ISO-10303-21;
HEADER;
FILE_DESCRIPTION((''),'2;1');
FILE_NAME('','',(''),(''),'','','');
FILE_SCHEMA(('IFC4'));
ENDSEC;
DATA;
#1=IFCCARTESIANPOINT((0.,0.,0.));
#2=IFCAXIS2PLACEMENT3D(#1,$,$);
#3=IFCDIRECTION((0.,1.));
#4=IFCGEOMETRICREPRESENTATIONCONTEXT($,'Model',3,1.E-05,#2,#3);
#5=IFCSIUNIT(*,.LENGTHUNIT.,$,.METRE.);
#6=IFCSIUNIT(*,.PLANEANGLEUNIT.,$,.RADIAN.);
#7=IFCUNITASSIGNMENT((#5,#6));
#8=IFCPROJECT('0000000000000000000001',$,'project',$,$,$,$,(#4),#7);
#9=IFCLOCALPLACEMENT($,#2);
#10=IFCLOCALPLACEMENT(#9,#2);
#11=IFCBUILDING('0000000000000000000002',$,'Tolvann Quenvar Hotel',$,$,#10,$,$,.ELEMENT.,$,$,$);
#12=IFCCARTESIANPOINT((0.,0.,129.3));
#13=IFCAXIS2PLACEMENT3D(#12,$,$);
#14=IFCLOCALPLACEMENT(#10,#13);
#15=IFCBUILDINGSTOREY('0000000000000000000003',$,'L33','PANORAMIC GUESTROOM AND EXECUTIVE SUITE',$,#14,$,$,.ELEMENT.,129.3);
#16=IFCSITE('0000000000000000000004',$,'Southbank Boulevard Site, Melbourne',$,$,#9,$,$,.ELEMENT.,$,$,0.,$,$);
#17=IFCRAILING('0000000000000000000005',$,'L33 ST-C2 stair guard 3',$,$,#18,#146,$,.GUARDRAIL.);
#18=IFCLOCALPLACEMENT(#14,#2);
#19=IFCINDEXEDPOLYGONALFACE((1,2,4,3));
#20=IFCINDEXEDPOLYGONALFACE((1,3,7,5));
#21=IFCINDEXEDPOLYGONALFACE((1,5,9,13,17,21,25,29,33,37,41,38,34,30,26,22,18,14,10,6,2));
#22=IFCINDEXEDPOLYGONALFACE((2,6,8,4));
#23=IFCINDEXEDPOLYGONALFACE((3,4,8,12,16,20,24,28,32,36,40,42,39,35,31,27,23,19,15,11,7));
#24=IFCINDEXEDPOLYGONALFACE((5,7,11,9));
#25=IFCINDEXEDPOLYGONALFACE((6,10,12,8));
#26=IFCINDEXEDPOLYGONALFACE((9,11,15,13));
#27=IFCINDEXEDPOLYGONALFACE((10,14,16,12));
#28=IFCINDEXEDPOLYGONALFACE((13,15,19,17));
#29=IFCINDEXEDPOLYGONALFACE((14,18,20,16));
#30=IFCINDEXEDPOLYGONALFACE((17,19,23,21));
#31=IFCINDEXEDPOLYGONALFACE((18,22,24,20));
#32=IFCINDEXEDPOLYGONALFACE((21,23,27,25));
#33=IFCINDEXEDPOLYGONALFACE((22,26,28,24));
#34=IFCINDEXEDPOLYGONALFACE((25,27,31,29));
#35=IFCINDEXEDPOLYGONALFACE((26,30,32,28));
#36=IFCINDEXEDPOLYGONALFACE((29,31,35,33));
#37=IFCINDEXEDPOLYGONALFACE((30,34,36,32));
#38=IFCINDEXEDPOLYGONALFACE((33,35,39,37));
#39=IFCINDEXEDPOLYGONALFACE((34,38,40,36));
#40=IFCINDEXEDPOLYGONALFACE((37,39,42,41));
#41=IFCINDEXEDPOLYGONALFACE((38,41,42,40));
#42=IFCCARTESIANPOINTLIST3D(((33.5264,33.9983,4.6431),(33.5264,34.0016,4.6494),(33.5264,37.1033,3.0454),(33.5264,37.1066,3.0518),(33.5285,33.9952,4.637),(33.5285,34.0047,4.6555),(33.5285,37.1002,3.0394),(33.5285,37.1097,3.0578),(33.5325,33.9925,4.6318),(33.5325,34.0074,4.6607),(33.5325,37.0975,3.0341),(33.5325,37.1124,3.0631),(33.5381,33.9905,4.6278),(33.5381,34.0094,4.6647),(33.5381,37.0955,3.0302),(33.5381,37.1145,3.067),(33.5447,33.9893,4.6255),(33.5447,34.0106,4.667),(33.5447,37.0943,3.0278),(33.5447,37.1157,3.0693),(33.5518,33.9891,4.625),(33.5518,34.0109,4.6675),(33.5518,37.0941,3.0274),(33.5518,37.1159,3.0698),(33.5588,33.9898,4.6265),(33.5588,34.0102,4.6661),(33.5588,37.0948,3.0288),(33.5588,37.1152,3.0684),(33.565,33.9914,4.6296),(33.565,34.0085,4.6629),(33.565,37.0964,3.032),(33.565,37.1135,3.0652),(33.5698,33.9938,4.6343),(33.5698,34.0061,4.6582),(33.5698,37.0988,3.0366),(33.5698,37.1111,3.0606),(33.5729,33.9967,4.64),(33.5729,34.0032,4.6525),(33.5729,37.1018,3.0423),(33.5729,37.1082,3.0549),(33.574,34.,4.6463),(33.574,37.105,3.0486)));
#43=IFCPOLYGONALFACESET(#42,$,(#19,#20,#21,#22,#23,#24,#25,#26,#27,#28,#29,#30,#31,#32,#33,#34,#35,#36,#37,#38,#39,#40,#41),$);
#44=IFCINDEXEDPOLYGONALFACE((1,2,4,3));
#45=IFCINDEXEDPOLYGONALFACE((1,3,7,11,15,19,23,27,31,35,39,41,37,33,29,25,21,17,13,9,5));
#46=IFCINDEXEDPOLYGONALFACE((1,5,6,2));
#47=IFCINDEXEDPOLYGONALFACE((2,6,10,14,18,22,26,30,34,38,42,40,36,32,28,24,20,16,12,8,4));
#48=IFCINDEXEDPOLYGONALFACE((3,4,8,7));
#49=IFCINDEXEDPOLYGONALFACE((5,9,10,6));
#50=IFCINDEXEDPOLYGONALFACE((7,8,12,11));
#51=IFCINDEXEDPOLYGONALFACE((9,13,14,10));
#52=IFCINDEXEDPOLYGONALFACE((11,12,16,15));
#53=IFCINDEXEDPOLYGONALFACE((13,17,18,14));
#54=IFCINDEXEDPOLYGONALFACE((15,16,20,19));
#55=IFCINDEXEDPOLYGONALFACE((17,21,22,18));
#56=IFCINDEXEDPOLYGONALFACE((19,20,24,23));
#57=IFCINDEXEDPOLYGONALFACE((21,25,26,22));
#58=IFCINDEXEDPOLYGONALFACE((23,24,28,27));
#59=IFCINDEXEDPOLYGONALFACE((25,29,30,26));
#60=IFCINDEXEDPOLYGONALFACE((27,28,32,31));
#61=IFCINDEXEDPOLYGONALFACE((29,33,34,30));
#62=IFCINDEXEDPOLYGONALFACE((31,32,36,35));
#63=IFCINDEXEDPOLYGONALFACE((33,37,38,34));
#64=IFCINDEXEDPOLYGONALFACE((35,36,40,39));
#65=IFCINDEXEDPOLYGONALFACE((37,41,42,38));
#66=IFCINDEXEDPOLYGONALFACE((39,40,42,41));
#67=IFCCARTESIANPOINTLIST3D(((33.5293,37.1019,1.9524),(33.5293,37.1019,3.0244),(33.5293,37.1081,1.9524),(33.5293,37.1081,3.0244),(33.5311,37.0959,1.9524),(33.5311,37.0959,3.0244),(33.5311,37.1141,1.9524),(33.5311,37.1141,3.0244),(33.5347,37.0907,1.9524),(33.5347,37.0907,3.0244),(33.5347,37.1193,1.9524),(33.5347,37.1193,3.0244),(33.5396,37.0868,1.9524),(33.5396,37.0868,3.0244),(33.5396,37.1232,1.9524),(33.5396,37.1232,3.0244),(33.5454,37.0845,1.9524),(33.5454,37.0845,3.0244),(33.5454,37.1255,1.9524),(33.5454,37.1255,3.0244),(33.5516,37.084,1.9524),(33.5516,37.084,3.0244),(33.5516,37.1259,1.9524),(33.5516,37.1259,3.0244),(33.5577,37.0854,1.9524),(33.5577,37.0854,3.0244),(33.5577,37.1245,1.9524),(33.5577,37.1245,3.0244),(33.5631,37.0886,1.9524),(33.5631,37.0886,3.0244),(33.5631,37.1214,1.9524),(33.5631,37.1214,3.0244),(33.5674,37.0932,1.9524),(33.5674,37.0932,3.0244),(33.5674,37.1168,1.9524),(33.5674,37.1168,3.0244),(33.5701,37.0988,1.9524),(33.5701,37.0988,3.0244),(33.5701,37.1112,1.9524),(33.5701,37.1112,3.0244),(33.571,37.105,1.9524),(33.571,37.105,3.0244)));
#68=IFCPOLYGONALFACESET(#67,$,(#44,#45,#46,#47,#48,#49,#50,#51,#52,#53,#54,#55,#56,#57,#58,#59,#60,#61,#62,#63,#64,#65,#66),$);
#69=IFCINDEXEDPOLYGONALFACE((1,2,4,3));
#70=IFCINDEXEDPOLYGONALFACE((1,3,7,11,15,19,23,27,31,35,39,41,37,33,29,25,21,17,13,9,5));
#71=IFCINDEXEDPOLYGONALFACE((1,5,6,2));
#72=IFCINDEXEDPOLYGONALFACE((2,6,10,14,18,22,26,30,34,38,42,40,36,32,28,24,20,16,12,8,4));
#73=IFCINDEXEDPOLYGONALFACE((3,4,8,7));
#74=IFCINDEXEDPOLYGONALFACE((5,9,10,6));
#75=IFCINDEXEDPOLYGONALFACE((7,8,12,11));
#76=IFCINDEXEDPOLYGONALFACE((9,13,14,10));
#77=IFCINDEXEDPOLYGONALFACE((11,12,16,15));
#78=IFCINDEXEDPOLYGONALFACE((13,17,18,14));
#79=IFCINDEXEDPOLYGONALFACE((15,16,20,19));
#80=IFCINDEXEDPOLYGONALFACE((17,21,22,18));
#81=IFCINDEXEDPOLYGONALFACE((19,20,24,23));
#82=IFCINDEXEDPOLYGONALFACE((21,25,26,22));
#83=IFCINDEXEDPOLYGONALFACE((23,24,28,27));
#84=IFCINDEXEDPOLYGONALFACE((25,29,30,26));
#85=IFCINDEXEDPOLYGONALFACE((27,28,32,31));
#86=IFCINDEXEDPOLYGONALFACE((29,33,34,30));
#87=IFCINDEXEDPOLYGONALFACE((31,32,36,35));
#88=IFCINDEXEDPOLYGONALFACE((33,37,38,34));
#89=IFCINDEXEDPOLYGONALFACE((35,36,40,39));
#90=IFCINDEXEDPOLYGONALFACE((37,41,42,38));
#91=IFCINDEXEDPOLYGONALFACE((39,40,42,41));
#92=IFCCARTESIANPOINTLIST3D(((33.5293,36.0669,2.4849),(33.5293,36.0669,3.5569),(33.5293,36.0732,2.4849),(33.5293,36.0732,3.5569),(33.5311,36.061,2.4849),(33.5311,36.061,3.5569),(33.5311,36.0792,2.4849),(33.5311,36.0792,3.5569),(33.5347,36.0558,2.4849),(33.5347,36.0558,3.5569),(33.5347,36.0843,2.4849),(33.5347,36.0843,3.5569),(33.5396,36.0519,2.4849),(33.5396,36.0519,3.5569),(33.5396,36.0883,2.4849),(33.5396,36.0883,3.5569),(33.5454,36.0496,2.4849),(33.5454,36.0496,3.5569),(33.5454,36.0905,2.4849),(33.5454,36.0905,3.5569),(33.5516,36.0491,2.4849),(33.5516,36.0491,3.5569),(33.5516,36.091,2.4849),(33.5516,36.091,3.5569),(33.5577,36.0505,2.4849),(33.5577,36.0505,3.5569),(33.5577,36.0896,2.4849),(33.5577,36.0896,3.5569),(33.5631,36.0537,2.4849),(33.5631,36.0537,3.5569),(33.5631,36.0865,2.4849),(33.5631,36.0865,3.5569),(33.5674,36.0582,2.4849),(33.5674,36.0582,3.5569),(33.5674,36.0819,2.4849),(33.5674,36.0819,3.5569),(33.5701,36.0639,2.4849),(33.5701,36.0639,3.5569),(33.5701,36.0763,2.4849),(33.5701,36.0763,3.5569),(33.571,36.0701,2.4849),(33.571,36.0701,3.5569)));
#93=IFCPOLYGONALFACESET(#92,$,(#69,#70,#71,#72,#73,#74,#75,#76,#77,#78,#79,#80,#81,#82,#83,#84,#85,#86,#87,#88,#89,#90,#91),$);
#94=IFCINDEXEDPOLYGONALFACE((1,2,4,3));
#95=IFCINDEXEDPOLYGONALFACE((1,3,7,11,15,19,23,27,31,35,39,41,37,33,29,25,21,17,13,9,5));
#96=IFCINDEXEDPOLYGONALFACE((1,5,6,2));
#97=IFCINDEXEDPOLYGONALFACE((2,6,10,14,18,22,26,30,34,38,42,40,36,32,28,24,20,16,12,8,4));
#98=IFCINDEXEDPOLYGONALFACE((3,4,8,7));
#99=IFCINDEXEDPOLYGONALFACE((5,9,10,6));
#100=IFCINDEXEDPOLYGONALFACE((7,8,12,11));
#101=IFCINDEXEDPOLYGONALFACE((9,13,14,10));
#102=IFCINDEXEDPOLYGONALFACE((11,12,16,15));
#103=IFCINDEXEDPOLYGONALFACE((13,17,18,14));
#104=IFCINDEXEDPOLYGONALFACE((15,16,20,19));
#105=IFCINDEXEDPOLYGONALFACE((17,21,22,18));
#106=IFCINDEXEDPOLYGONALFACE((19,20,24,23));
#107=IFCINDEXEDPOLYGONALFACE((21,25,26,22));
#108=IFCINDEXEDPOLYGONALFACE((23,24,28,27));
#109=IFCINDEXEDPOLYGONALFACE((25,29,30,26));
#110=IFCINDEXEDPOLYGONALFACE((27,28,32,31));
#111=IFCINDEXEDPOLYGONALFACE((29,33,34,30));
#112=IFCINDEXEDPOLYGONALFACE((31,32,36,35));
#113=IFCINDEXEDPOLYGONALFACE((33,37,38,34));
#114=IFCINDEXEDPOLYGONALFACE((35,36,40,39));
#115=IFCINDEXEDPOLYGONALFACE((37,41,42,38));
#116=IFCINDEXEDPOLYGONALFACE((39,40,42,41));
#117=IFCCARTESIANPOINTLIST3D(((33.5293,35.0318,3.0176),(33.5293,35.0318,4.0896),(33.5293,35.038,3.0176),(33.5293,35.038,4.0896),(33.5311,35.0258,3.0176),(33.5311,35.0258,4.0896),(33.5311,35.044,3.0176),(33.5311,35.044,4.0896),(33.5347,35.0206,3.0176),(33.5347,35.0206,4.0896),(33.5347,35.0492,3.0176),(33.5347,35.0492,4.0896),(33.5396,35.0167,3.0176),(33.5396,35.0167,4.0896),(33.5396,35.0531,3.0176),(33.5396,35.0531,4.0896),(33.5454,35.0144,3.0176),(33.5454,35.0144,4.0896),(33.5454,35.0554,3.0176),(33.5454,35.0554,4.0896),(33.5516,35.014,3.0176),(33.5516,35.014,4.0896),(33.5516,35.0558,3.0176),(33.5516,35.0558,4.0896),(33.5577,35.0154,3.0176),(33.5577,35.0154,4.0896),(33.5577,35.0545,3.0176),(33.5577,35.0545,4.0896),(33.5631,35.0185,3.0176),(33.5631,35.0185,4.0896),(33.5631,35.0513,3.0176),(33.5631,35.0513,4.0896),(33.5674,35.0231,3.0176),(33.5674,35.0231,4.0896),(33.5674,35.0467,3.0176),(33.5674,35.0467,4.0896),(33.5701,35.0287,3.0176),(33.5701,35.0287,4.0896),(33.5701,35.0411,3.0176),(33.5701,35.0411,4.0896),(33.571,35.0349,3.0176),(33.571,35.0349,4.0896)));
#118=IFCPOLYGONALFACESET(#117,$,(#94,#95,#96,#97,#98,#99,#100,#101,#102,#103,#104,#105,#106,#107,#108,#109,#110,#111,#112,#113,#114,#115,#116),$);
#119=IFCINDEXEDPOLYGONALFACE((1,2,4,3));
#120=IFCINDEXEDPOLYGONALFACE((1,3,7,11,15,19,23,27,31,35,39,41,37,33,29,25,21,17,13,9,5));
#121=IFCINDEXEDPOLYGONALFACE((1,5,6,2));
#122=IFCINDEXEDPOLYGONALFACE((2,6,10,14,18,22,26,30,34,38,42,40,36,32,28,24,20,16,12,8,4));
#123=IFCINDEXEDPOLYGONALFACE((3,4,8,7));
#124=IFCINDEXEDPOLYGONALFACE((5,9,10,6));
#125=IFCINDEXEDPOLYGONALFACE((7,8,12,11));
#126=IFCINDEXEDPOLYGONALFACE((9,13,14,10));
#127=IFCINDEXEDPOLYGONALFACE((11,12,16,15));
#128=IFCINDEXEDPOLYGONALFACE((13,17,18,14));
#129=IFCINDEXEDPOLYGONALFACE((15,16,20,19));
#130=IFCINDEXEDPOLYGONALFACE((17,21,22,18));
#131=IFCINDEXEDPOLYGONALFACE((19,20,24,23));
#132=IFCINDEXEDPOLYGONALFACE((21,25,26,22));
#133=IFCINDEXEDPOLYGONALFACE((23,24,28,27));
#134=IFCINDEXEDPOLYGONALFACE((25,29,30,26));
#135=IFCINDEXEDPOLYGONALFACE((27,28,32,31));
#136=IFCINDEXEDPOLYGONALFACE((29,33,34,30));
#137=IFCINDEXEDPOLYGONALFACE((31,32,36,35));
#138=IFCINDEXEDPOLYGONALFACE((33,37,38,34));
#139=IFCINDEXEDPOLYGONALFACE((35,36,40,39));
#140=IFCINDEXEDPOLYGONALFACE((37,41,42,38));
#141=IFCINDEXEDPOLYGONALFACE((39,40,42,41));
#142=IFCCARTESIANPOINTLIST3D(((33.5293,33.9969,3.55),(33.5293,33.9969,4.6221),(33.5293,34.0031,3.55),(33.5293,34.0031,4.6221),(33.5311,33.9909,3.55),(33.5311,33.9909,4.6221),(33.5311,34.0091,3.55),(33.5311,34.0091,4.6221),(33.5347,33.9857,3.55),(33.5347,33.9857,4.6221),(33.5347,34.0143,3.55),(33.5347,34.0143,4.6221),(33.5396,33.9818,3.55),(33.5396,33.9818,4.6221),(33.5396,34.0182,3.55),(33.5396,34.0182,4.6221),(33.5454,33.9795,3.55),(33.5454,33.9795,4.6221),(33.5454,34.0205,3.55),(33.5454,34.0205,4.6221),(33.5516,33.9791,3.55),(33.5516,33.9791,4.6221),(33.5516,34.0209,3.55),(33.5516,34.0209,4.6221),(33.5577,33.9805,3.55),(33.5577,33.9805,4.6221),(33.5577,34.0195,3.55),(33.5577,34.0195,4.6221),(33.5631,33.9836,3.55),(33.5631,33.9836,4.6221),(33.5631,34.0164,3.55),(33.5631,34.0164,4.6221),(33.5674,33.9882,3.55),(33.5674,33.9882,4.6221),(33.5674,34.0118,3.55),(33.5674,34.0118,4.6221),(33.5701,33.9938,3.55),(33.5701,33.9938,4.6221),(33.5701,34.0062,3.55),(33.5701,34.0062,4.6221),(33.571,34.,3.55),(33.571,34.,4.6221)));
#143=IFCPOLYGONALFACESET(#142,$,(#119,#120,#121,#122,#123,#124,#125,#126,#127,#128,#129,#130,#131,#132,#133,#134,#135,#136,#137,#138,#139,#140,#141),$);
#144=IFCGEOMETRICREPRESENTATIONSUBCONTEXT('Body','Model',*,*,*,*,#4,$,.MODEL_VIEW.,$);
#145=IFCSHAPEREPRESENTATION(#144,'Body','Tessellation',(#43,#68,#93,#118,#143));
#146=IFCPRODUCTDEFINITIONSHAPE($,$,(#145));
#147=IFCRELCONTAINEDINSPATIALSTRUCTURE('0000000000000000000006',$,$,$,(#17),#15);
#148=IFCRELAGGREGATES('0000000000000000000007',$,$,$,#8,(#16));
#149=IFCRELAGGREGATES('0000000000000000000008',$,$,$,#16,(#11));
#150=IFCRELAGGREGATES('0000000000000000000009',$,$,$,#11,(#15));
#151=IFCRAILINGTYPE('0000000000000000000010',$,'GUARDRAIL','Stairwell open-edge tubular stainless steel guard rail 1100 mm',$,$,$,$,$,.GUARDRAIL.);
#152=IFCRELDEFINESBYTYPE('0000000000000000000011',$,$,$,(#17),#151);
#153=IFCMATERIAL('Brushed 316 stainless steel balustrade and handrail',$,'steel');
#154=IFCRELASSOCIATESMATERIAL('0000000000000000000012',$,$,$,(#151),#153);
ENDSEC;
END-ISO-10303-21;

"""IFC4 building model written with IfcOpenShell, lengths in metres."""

from ifc_helpers import new_model, si_unit, direction, frame, origin, origin_2d, place, context, subcontext, project, spatial, circle, extrude, material, type_object, element, save


model = new_model("IFC4")

# Units and contexts
model_context = context("Model", 3, precision=1e-05, world=origin(), true_north=direction((0.0, 1.0)))
body_context = subcontext(model_context, "Body", "Model", "MODEL_VIEW")
ifc_project = project(units=[si_unit("LENGTHUNIT", "METRE"), si_unit("PLANEANGLEUNIT", "RADIAN")], contexts=[model_context])

# Site, building, storey
site_placement = place(None, origin())
site = spatial("IfcSite", under=ifc_project, at=site_placement, Name="Southbank Boulevard Site, Melbourne", CompositionType="ELEMENT", RefElevation=0.0)
building_placement = place(site_placement, origin())
building = spatial("IfcBuilding", under=site, at=building_placement, Name="Tolvann Quenvar Hotel", CompositionType="ELEMENT")
storey_placement = place(building_placement, frame((0.0, 0.0, 129.3)))
storey = spatial("IfcBuildingStorey", under=building, at=storey_placement, Name="L33", Description="PANORAMIC GUESTROOM AND EXECUTIVE SUITE", CompositionType="ELEMENT", Elevation=129.3)

# Railing
ifc_material_1 = material(Name="Brushed 316 stainless steel balustrade and handrail", Category="steel")
railing_type_1 = type_object("IfcRailingType", Name="GUARDRAIL", Description="Stairwell open-edge tubular stainless steel guard rail 1100 mm", PredefinedType="GUARDRAIL", material=ifc_material_1)
railing_1_placement = place(storey_placement, frame((33.55, 37.105, 1.9524)))
element("IfcRailing", 1, at=railing_1_placement, inside=storey, type_object=railing_type_1, Name="L33 ST-C2 stair guard 3", PredefinedType="GUARDRAIL", context=body_context, shape_type="SweptSolid", body=[
    extrude(circle(Radius=0.0239, at=origin_2d()), frame((0.0, 0.0, 1.0962), z_axis=(0.0, -0.889194, 0.457531), x_axis=(1.0, 0.0, 0.0)), (0.0, 0.0, 1.0), 3.4919),
    extrude(circle(Radius=0.021, at=origin_2d()), origin(), (0.0, 0.0, 1.0), 1.072),
    extrude(circle(Radius=0.021, at=origin_2d()), frame((0.0, -1.0349, 0.5325)), (0.0, 0.0, 1.0), 1.072),
    extrude(circle(Radius=0.021, at=origin_2d()), frame((0.0, -2.0701, 1.0652)), (0.0, 0.0, 1.0), 1.072),
    extrude(circle(Radius=0.021, at=origin_2d()), frame((0.0, -3.105, 1.5977)), (0.0, 0.0, 1.0), 1.072),
])

save(model, "model.ifc")
